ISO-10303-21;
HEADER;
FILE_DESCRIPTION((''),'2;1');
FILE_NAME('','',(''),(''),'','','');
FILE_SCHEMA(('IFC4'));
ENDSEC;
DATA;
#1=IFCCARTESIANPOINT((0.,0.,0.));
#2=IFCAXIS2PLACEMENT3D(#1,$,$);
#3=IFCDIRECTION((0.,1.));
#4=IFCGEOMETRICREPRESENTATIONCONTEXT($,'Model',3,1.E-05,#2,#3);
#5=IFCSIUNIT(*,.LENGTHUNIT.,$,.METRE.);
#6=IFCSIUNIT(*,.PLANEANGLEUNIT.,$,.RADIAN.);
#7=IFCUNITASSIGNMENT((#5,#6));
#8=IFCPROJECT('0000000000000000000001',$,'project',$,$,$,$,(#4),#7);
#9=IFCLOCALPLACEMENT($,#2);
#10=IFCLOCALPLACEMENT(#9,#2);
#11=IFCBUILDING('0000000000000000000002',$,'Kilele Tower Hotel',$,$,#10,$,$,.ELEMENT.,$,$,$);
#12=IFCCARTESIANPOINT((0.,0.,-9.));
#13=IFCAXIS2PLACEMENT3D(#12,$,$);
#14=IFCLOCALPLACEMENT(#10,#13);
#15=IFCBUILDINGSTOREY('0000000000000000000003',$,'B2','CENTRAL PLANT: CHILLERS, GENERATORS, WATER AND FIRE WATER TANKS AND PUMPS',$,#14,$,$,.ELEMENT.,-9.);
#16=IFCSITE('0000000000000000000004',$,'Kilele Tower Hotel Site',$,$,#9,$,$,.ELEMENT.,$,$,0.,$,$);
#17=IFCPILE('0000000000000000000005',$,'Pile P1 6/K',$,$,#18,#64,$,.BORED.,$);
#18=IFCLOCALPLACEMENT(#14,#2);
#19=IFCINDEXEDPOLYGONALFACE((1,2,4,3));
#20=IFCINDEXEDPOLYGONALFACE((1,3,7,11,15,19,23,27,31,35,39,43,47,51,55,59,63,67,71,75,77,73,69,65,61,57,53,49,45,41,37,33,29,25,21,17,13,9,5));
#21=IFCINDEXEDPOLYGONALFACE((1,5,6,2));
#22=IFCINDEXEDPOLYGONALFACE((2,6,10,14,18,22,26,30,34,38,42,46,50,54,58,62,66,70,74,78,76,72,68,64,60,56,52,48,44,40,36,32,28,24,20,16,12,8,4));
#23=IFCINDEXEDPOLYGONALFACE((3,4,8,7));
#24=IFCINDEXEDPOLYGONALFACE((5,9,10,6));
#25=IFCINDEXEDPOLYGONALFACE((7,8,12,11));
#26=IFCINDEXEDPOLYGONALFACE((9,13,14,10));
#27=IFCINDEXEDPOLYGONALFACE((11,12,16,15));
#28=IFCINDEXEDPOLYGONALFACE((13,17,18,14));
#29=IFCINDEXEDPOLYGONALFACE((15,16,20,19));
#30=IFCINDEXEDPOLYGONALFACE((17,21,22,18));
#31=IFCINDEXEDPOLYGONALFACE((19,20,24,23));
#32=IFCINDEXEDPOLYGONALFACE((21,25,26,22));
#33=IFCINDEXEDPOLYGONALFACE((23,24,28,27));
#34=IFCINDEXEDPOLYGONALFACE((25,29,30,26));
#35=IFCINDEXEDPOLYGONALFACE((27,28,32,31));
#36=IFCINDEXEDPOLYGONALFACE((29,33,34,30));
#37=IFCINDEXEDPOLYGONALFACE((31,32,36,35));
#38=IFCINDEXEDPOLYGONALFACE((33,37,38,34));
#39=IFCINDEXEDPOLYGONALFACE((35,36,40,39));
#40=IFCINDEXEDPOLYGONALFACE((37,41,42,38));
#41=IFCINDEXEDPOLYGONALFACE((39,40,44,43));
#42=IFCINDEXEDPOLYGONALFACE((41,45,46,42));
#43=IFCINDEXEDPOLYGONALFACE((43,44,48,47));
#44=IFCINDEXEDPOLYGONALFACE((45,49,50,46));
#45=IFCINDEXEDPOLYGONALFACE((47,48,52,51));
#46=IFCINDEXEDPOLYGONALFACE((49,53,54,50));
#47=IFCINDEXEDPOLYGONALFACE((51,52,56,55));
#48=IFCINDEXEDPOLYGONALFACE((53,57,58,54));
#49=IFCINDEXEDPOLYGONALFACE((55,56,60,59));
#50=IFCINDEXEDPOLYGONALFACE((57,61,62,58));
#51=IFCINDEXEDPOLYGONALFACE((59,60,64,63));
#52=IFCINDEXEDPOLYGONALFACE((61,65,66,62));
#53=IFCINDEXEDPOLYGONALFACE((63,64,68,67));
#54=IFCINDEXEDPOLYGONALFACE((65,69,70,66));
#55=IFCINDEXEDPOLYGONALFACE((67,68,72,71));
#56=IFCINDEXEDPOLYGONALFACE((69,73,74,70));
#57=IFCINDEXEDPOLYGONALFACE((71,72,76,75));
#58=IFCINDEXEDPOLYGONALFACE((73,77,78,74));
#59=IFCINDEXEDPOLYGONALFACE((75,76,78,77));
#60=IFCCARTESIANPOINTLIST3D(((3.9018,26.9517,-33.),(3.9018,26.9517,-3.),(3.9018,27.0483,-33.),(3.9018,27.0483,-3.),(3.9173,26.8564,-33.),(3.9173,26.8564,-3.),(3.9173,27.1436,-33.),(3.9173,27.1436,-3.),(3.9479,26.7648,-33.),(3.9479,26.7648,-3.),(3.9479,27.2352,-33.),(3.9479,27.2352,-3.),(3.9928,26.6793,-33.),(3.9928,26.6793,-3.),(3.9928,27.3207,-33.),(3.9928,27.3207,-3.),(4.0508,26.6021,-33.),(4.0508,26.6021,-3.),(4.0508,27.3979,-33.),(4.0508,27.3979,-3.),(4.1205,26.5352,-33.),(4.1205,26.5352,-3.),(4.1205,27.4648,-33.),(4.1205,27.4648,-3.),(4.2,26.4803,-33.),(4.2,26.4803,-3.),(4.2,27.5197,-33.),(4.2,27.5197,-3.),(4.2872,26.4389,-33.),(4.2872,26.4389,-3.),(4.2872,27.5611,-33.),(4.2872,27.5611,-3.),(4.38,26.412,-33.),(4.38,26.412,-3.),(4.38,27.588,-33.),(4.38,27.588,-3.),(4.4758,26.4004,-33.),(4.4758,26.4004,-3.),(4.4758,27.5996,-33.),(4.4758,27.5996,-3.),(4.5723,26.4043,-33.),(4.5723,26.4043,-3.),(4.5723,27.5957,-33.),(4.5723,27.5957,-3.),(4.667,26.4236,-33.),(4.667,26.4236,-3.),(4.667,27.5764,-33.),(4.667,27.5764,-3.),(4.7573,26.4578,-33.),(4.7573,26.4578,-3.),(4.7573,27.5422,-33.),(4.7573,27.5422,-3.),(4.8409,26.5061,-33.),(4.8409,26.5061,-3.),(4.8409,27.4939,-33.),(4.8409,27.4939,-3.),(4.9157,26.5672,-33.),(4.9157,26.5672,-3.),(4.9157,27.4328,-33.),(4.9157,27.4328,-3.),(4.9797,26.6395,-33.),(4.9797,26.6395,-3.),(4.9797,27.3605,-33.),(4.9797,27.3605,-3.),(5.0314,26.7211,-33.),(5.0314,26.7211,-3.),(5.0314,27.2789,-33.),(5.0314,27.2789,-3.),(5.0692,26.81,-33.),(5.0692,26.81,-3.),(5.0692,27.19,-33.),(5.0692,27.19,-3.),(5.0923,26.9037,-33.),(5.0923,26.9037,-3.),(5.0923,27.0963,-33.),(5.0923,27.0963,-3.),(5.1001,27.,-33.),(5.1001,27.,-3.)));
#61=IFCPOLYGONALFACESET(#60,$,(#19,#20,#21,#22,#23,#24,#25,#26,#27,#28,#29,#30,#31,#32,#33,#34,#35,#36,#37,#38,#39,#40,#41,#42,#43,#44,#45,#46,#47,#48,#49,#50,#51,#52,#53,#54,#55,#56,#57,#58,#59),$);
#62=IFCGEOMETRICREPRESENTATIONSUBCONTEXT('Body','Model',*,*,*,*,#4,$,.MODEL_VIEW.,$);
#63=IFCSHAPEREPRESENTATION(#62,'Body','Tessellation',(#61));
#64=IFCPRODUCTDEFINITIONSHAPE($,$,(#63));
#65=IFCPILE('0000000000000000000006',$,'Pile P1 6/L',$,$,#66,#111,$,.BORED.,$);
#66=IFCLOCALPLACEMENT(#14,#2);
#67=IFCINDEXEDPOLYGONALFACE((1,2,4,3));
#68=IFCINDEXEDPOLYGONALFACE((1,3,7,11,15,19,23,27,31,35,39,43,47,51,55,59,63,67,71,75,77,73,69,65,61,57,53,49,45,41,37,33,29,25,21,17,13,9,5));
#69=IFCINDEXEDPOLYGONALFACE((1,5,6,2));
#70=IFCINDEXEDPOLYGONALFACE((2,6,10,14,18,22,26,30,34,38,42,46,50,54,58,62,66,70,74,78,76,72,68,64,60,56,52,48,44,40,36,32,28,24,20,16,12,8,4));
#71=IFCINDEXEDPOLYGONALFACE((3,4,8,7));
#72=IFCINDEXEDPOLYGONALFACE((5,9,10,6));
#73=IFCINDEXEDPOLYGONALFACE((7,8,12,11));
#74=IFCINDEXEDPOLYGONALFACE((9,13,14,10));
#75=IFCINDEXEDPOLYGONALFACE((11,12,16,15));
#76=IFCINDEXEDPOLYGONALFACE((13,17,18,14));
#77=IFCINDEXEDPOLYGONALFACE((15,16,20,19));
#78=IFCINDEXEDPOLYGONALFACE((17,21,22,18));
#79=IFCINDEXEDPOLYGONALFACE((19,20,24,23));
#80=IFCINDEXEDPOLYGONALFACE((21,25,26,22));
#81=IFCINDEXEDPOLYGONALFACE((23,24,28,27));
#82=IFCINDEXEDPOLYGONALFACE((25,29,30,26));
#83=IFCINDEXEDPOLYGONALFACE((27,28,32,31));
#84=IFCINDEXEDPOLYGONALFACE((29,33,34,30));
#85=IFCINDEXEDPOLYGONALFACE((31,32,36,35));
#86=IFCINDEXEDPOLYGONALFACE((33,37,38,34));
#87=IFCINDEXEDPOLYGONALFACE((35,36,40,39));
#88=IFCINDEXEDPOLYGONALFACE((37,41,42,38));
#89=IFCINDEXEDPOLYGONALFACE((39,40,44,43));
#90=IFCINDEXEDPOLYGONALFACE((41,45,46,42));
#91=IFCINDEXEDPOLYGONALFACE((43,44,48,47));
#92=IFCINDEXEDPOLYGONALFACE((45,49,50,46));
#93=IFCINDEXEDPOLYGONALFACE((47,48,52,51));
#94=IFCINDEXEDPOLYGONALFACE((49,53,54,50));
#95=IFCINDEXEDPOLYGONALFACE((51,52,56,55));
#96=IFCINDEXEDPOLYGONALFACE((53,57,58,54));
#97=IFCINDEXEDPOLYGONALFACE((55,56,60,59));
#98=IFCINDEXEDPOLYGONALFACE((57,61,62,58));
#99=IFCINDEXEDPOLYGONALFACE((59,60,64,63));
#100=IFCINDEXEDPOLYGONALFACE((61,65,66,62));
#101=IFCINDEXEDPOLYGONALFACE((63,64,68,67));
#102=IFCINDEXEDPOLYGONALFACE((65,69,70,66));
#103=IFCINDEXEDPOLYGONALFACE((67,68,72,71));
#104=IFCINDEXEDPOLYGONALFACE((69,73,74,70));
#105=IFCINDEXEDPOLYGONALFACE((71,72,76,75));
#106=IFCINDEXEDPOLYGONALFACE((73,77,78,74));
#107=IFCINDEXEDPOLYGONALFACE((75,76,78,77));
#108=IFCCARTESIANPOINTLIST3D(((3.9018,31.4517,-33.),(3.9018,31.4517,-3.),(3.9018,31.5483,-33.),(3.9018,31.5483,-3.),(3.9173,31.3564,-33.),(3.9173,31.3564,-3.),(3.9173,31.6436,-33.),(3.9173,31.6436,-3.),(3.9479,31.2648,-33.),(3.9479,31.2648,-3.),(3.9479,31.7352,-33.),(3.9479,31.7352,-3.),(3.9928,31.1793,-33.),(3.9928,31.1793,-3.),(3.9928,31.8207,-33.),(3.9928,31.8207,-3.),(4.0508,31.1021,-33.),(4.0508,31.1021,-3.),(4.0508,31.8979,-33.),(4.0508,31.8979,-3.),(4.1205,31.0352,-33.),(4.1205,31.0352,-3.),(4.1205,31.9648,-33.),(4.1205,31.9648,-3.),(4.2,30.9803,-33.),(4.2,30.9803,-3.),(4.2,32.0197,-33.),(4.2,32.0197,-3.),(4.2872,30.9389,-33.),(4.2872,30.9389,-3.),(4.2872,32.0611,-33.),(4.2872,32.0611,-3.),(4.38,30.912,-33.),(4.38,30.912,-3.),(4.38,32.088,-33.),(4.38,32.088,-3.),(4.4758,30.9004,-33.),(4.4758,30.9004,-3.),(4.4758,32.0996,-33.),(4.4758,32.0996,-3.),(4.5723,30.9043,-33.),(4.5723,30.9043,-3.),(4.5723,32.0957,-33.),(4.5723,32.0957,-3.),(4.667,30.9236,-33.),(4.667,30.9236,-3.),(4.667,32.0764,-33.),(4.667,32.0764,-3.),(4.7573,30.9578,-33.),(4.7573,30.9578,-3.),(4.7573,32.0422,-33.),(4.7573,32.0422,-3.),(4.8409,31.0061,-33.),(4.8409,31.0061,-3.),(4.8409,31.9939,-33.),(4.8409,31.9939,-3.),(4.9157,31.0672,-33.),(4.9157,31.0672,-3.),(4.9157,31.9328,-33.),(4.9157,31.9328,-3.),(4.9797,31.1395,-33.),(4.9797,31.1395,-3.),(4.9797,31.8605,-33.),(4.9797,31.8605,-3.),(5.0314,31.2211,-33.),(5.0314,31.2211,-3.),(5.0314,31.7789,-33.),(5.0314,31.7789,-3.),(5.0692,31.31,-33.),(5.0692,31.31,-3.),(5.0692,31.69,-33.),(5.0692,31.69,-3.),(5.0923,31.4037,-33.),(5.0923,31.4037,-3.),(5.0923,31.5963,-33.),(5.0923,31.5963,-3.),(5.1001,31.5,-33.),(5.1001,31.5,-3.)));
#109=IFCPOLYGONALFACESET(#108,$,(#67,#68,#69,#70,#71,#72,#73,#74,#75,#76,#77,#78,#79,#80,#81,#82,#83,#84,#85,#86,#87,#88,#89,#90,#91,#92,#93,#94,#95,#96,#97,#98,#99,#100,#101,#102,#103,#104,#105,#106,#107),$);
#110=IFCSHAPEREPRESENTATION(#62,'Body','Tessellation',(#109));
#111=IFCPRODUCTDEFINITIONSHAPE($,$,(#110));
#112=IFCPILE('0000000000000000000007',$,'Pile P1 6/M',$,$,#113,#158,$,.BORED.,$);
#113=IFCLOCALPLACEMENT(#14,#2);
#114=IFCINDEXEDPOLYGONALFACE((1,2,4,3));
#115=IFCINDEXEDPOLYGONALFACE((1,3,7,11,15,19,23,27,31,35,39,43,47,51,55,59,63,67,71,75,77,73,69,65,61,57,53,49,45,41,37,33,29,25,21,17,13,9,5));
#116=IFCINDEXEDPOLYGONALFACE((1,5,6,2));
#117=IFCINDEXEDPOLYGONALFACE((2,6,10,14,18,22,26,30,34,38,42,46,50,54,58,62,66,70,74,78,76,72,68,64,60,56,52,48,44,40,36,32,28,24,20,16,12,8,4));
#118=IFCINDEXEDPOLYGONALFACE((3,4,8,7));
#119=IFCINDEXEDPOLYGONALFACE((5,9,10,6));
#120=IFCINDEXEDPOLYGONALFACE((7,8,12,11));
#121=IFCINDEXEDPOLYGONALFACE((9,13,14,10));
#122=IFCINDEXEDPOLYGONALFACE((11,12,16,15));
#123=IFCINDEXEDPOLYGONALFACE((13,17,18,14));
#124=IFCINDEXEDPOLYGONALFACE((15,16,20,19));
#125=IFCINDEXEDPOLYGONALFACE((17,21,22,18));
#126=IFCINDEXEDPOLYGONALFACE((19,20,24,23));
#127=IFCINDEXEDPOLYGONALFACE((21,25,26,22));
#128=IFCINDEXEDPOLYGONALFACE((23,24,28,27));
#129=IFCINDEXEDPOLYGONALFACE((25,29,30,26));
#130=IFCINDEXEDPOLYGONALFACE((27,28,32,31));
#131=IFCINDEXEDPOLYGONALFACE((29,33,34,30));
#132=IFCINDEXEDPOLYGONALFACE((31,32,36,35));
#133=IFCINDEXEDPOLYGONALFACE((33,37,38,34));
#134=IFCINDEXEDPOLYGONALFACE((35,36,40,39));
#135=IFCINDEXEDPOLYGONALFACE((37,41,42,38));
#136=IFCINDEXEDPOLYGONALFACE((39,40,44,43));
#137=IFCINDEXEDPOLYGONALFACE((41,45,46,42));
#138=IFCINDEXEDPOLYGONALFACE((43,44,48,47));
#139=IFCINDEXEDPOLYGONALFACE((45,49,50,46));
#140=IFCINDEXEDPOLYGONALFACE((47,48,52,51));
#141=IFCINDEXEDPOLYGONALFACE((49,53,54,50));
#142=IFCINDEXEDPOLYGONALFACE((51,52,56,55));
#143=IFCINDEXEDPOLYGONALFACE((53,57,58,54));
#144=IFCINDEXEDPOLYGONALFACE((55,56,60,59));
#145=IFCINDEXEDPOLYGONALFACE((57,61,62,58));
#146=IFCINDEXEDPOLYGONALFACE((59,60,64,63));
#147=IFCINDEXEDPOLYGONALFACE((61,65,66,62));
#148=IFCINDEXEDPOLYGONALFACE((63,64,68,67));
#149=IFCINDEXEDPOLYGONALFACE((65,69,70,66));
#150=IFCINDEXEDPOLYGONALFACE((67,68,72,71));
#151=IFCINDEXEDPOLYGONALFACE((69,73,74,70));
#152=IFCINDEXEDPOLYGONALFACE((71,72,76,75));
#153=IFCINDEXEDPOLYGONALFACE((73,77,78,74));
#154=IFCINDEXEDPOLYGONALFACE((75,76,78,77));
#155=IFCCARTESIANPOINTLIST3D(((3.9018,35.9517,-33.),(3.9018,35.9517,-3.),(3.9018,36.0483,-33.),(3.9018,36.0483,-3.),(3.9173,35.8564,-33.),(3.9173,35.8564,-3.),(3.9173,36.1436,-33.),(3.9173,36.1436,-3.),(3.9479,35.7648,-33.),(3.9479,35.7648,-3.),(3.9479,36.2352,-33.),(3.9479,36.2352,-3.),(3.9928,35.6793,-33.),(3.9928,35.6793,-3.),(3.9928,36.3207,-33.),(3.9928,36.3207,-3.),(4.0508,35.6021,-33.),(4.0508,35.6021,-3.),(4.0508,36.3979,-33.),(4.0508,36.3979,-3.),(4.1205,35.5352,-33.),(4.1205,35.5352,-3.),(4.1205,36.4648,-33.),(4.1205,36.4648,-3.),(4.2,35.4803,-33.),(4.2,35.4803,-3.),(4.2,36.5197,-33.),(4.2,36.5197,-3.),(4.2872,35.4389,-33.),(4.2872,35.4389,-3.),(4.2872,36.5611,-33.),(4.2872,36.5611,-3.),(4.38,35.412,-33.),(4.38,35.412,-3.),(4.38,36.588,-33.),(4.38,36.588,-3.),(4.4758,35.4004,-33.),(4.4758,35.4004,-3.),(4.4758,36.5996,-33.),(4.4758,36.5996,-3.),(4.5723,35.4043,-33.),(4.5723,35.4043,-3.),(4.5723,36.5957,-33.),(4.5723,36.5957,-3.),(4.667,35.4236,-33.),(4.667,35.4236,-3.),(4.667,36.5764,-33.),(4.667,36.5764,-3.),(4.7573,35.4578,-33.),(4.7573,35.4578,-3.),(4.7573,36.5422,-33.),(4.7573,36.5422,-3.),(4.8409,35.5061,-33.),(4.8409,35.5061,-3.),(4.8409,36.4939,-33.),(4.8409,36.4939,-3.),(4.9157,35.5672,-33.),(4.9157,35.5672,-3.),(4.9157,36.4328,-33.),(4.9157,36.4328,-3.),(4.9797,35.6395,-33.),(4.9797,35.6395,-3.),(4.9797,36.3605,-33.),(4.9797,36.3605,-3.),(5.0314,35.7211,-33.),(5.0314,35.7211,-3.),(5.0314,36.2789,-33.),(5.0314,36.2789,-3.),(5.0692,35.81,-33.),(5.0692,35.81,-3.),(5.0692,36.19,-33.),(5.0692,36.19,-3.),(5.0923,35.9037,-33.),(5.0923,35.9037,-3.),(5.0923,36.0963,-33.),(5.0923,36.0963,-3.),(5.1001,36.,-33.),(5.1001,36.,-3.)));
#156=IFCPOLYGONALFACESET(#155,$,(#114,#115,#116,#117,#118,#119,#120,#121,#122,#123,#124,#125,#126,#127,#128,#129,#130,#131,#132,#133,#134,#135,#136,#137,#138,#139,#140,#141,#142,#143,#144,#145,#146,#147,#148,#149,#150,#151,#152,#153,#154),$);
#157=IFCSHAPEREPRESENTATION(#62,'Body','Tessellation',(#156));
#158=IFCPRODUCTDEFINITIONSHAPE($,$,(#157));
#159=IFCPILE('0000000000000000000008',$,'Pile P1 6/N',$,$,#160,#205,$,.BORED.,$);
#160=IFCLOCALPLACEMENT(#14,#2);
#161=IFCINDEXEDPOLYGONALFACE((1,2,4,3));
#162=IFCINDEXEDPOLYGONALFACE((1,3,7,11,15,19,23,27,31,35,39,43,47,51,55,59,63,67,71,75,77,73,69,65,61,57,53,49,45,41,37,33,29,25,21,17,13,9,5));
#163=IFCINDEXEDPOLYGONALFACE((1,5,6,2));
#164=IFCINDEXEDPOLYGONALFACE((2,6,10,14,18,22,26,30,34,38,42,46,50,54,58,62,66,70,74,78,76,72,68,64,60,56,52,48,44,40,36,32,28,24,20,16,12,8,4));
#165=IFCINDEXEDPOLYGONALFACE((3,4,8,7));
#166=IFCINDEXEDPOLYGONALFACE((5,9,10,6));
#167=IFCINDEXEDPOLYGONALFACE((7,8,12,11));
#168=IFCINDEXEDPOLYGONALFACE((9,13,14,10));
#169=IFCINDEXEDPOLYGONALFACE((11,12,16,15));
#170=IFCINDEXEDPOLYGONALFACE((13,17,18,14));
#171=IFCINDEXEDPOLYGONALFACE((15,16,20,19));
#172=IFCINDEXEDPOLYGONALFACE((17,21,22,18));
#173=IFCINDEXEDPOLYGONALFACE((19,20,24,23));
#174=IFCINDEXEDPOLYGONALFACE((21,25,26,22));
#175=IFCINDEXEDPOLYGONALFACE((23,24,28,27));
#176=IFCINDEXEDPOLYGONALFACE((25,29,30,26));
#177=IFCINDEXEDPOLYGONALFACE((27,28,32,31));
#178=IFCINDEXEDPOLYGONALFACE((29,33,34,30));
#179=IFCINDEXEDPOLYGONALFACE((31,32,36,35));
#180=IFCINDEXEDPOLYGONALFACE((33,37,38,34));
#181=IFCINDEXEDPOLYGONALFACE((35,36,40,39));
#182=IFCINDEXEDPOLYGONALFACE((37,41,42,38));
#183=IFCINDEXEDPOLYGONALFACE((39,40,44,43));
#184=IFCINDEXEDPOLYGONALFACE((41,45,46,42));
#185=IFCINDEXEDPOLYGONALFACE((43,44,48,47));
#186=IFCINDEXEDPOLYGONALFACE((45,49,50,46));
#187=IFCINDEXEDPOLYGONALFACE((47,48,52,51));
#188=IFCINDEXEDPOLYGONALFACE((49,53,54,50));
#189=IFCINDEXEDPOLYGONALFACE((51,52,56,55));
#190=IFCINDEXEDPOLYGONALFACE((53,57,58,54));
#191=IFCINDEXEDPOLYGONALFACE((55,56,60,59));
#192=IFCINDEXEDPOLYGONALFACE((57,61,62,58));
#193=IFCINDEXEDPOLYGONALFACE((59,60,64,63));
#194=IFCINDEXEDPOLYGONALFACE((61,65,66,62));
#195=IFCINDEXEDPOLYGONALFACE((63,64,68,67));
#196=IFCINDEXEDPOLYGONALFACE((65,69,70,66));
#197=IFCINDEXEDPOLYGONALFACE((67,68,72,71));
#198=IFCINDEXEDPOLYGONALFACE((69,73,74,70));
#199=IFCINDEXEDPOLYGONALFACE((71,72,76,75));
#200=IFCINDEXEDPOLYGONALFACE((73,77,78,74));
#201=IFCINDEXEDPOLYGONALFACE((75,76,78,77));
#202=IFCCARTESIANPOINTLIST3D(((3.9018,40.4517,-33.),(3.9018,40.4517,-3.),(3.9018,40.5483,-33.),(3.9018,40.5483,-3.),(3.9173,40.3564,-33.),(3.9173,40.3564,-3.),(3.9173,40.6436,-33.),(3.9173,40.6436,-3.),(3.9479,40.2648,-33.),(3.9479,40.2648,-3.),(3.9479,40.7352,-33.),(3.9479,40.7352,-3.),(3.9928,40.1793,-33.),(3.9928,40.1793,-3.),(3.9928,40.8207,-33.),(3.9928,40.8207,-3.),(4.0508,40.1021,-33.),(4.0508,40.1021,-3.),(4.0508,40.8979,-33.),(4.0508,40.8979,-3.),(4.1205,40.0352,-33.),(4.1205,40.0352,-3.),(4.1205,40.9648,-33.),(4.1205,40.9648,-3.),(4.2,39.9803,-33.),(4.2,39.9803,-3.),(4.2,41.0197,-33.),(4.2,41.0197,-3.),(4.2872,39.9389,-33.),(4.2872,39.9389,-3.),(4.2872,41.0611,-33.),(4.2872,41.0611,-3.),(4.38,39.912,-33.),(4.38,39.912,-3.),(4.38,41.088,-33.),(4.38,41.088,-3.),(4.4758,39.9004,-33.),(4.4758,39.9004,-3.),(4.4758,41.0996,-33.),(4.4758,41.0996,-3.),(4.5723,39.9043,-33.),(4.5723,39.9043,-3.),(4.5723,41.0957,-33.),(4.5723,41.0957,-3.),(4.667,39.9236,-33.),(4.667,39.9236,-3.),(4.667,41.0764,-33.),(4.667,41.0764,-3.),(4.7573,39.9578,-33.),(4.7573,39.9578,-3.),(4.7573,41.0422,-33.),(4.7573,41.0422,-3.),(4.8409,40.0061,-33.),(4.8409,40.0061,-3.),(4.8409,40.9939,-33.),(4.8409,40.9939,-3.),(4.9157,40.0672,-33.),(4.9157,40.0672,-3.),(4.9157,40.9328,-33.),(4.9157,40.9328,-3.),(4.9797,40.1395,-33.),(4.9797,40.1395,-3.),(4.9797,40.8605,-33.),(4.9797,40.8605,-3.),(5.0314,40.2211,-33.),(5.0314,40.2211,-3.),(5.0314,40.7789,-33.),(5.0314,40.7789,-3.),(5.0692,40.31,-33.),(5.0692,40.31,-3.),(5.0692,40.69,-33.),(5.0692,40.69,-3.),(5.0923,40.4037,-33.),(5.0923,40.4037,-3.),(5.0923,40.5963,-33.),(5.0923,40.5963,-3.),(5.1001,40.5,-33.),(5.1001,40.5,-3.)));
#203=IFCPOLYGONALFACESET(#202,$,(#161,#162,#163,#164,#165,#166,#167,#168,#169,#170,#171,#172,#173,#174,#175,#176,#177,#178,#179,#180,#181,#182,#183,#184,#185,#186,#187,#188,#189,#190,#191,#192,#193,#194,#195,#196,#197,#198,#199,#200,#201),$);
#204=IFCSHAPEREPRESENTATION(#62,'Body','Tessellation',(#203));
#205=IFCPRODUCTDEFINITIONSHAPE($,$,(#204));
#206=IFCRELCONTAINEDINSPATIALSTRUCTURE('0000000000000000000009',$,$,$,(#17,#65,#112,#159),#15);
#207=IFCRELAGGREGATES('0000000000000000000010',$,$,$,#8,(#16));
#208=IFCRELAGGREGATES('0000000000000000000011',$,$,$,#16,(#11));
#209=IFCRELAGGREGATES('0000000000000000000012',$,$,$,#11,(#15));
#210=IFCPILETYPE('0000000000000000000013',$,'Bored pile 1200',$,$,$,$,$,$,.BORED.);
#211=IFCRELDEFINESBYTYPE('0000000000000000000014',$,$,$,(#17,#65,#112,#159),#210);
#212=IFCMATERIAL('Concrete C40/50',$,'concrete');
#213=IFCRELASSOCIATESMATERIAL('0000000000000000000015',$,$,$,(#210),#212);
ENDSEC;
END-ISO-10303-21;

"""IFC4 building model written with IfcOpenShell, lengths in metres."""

from ifc_helpers import new_model, si_unit, direction, frame, origin, origin_2d, place, context, subcontext, project, spatial, circle, extrude, material, material_profile, profile_set, type_object, element, save


model = new_model("IFC4")

# Units and contexts
model_context = context("Model", 3, precision=1e-05, world=origin(), true_north=direction((0.0, 1.0)))
body_context = subcontext(model_context, "Body", "Model", "MODEL_VIEW")
ifc_project = project(units=[si_unit("LENGTHUNIT", "METRE"), si_unit("PLANEANGLEUNIT", "RADIAN")], contexts=[model_context])

# Site, building, storey
site_placement = place(None, origin())
site = spatial("IfcSite", under=ifc_project, at=site_placement, Name="Kilele Tower Hotel Site", CompositionType="ELEMENT", RefElevation=0.0)
building_placement = place(site_placement, origin())
building = spatial("IfcBuilding", under=site, at=building_placement, Name="Kilele Tower Hotel", CompositionType="ELEMENT")
storey_placement = place(building_placement, frame((0.0, 0.0, -9.0)))
storey = spatial("IfcBuildingStorey", under=building, at=storey_placement, Name="B2", Description="CENTRAL PLANT: CHILLERS, GENERATORS, WATER AND FIRE WATER TANKS AND PUMPS", CompositionType="ELEMENT", Elevation=-9.0)

# Piles
ifc_material_1 = material(Name="Concrete C40/50", Category="concrete")
ifc_material_profile_1 = material_profile(ifc_material_1, circle(Radius=0.6001, at=origin_2d()))
ifc_profile_set_1 = profile_set([ifc_material_profile_1], Name="Concrete C40/50")
pile_type = type_object("IfcPileType", Name="Bored pile 1200", PredefinedType="BORED", material=ifc_profile_set_1)
for number, where, z_axis, x_axis, name in (
    (1, (4.5, 27.0, -3.0), (0.0, 0.0, -1.0), (1.0, 0.0, 0.0), "Pile P1 6/K"),
    (2, (4.5, 31.5, -3.0), (0.0, 0.0, -1.0), (1.0, 0.0, 0.0), "Pile P1 6/L"),
    (3, (4.5, 36.0, -3.0), (0.0, 0.0, -1.0), (1.0, 0.0, 0.0), "Pile P1 6/M"),
    (4, (4.5, 40.5, -3.0), (0.0, 0.0, -1.0), (1.0, 0.0, 0.0), "Pile P1 6/N"),
):
    element("IfcPile", number, at=place(storey_placement, frame(where, z_axis=z_axis, x_axis=x_axis)), inside=storey, type_object=pile_type, Name=name, PredefinedType="BORED", context=body_context, shape_type="SweptSolid", body=[
        extrude(circle(Radius=0.6001, at=origin_2d()), origin(), (0.0, 0.0, 1.0), 30.0),
    ])

save(model, "model.ifc")
